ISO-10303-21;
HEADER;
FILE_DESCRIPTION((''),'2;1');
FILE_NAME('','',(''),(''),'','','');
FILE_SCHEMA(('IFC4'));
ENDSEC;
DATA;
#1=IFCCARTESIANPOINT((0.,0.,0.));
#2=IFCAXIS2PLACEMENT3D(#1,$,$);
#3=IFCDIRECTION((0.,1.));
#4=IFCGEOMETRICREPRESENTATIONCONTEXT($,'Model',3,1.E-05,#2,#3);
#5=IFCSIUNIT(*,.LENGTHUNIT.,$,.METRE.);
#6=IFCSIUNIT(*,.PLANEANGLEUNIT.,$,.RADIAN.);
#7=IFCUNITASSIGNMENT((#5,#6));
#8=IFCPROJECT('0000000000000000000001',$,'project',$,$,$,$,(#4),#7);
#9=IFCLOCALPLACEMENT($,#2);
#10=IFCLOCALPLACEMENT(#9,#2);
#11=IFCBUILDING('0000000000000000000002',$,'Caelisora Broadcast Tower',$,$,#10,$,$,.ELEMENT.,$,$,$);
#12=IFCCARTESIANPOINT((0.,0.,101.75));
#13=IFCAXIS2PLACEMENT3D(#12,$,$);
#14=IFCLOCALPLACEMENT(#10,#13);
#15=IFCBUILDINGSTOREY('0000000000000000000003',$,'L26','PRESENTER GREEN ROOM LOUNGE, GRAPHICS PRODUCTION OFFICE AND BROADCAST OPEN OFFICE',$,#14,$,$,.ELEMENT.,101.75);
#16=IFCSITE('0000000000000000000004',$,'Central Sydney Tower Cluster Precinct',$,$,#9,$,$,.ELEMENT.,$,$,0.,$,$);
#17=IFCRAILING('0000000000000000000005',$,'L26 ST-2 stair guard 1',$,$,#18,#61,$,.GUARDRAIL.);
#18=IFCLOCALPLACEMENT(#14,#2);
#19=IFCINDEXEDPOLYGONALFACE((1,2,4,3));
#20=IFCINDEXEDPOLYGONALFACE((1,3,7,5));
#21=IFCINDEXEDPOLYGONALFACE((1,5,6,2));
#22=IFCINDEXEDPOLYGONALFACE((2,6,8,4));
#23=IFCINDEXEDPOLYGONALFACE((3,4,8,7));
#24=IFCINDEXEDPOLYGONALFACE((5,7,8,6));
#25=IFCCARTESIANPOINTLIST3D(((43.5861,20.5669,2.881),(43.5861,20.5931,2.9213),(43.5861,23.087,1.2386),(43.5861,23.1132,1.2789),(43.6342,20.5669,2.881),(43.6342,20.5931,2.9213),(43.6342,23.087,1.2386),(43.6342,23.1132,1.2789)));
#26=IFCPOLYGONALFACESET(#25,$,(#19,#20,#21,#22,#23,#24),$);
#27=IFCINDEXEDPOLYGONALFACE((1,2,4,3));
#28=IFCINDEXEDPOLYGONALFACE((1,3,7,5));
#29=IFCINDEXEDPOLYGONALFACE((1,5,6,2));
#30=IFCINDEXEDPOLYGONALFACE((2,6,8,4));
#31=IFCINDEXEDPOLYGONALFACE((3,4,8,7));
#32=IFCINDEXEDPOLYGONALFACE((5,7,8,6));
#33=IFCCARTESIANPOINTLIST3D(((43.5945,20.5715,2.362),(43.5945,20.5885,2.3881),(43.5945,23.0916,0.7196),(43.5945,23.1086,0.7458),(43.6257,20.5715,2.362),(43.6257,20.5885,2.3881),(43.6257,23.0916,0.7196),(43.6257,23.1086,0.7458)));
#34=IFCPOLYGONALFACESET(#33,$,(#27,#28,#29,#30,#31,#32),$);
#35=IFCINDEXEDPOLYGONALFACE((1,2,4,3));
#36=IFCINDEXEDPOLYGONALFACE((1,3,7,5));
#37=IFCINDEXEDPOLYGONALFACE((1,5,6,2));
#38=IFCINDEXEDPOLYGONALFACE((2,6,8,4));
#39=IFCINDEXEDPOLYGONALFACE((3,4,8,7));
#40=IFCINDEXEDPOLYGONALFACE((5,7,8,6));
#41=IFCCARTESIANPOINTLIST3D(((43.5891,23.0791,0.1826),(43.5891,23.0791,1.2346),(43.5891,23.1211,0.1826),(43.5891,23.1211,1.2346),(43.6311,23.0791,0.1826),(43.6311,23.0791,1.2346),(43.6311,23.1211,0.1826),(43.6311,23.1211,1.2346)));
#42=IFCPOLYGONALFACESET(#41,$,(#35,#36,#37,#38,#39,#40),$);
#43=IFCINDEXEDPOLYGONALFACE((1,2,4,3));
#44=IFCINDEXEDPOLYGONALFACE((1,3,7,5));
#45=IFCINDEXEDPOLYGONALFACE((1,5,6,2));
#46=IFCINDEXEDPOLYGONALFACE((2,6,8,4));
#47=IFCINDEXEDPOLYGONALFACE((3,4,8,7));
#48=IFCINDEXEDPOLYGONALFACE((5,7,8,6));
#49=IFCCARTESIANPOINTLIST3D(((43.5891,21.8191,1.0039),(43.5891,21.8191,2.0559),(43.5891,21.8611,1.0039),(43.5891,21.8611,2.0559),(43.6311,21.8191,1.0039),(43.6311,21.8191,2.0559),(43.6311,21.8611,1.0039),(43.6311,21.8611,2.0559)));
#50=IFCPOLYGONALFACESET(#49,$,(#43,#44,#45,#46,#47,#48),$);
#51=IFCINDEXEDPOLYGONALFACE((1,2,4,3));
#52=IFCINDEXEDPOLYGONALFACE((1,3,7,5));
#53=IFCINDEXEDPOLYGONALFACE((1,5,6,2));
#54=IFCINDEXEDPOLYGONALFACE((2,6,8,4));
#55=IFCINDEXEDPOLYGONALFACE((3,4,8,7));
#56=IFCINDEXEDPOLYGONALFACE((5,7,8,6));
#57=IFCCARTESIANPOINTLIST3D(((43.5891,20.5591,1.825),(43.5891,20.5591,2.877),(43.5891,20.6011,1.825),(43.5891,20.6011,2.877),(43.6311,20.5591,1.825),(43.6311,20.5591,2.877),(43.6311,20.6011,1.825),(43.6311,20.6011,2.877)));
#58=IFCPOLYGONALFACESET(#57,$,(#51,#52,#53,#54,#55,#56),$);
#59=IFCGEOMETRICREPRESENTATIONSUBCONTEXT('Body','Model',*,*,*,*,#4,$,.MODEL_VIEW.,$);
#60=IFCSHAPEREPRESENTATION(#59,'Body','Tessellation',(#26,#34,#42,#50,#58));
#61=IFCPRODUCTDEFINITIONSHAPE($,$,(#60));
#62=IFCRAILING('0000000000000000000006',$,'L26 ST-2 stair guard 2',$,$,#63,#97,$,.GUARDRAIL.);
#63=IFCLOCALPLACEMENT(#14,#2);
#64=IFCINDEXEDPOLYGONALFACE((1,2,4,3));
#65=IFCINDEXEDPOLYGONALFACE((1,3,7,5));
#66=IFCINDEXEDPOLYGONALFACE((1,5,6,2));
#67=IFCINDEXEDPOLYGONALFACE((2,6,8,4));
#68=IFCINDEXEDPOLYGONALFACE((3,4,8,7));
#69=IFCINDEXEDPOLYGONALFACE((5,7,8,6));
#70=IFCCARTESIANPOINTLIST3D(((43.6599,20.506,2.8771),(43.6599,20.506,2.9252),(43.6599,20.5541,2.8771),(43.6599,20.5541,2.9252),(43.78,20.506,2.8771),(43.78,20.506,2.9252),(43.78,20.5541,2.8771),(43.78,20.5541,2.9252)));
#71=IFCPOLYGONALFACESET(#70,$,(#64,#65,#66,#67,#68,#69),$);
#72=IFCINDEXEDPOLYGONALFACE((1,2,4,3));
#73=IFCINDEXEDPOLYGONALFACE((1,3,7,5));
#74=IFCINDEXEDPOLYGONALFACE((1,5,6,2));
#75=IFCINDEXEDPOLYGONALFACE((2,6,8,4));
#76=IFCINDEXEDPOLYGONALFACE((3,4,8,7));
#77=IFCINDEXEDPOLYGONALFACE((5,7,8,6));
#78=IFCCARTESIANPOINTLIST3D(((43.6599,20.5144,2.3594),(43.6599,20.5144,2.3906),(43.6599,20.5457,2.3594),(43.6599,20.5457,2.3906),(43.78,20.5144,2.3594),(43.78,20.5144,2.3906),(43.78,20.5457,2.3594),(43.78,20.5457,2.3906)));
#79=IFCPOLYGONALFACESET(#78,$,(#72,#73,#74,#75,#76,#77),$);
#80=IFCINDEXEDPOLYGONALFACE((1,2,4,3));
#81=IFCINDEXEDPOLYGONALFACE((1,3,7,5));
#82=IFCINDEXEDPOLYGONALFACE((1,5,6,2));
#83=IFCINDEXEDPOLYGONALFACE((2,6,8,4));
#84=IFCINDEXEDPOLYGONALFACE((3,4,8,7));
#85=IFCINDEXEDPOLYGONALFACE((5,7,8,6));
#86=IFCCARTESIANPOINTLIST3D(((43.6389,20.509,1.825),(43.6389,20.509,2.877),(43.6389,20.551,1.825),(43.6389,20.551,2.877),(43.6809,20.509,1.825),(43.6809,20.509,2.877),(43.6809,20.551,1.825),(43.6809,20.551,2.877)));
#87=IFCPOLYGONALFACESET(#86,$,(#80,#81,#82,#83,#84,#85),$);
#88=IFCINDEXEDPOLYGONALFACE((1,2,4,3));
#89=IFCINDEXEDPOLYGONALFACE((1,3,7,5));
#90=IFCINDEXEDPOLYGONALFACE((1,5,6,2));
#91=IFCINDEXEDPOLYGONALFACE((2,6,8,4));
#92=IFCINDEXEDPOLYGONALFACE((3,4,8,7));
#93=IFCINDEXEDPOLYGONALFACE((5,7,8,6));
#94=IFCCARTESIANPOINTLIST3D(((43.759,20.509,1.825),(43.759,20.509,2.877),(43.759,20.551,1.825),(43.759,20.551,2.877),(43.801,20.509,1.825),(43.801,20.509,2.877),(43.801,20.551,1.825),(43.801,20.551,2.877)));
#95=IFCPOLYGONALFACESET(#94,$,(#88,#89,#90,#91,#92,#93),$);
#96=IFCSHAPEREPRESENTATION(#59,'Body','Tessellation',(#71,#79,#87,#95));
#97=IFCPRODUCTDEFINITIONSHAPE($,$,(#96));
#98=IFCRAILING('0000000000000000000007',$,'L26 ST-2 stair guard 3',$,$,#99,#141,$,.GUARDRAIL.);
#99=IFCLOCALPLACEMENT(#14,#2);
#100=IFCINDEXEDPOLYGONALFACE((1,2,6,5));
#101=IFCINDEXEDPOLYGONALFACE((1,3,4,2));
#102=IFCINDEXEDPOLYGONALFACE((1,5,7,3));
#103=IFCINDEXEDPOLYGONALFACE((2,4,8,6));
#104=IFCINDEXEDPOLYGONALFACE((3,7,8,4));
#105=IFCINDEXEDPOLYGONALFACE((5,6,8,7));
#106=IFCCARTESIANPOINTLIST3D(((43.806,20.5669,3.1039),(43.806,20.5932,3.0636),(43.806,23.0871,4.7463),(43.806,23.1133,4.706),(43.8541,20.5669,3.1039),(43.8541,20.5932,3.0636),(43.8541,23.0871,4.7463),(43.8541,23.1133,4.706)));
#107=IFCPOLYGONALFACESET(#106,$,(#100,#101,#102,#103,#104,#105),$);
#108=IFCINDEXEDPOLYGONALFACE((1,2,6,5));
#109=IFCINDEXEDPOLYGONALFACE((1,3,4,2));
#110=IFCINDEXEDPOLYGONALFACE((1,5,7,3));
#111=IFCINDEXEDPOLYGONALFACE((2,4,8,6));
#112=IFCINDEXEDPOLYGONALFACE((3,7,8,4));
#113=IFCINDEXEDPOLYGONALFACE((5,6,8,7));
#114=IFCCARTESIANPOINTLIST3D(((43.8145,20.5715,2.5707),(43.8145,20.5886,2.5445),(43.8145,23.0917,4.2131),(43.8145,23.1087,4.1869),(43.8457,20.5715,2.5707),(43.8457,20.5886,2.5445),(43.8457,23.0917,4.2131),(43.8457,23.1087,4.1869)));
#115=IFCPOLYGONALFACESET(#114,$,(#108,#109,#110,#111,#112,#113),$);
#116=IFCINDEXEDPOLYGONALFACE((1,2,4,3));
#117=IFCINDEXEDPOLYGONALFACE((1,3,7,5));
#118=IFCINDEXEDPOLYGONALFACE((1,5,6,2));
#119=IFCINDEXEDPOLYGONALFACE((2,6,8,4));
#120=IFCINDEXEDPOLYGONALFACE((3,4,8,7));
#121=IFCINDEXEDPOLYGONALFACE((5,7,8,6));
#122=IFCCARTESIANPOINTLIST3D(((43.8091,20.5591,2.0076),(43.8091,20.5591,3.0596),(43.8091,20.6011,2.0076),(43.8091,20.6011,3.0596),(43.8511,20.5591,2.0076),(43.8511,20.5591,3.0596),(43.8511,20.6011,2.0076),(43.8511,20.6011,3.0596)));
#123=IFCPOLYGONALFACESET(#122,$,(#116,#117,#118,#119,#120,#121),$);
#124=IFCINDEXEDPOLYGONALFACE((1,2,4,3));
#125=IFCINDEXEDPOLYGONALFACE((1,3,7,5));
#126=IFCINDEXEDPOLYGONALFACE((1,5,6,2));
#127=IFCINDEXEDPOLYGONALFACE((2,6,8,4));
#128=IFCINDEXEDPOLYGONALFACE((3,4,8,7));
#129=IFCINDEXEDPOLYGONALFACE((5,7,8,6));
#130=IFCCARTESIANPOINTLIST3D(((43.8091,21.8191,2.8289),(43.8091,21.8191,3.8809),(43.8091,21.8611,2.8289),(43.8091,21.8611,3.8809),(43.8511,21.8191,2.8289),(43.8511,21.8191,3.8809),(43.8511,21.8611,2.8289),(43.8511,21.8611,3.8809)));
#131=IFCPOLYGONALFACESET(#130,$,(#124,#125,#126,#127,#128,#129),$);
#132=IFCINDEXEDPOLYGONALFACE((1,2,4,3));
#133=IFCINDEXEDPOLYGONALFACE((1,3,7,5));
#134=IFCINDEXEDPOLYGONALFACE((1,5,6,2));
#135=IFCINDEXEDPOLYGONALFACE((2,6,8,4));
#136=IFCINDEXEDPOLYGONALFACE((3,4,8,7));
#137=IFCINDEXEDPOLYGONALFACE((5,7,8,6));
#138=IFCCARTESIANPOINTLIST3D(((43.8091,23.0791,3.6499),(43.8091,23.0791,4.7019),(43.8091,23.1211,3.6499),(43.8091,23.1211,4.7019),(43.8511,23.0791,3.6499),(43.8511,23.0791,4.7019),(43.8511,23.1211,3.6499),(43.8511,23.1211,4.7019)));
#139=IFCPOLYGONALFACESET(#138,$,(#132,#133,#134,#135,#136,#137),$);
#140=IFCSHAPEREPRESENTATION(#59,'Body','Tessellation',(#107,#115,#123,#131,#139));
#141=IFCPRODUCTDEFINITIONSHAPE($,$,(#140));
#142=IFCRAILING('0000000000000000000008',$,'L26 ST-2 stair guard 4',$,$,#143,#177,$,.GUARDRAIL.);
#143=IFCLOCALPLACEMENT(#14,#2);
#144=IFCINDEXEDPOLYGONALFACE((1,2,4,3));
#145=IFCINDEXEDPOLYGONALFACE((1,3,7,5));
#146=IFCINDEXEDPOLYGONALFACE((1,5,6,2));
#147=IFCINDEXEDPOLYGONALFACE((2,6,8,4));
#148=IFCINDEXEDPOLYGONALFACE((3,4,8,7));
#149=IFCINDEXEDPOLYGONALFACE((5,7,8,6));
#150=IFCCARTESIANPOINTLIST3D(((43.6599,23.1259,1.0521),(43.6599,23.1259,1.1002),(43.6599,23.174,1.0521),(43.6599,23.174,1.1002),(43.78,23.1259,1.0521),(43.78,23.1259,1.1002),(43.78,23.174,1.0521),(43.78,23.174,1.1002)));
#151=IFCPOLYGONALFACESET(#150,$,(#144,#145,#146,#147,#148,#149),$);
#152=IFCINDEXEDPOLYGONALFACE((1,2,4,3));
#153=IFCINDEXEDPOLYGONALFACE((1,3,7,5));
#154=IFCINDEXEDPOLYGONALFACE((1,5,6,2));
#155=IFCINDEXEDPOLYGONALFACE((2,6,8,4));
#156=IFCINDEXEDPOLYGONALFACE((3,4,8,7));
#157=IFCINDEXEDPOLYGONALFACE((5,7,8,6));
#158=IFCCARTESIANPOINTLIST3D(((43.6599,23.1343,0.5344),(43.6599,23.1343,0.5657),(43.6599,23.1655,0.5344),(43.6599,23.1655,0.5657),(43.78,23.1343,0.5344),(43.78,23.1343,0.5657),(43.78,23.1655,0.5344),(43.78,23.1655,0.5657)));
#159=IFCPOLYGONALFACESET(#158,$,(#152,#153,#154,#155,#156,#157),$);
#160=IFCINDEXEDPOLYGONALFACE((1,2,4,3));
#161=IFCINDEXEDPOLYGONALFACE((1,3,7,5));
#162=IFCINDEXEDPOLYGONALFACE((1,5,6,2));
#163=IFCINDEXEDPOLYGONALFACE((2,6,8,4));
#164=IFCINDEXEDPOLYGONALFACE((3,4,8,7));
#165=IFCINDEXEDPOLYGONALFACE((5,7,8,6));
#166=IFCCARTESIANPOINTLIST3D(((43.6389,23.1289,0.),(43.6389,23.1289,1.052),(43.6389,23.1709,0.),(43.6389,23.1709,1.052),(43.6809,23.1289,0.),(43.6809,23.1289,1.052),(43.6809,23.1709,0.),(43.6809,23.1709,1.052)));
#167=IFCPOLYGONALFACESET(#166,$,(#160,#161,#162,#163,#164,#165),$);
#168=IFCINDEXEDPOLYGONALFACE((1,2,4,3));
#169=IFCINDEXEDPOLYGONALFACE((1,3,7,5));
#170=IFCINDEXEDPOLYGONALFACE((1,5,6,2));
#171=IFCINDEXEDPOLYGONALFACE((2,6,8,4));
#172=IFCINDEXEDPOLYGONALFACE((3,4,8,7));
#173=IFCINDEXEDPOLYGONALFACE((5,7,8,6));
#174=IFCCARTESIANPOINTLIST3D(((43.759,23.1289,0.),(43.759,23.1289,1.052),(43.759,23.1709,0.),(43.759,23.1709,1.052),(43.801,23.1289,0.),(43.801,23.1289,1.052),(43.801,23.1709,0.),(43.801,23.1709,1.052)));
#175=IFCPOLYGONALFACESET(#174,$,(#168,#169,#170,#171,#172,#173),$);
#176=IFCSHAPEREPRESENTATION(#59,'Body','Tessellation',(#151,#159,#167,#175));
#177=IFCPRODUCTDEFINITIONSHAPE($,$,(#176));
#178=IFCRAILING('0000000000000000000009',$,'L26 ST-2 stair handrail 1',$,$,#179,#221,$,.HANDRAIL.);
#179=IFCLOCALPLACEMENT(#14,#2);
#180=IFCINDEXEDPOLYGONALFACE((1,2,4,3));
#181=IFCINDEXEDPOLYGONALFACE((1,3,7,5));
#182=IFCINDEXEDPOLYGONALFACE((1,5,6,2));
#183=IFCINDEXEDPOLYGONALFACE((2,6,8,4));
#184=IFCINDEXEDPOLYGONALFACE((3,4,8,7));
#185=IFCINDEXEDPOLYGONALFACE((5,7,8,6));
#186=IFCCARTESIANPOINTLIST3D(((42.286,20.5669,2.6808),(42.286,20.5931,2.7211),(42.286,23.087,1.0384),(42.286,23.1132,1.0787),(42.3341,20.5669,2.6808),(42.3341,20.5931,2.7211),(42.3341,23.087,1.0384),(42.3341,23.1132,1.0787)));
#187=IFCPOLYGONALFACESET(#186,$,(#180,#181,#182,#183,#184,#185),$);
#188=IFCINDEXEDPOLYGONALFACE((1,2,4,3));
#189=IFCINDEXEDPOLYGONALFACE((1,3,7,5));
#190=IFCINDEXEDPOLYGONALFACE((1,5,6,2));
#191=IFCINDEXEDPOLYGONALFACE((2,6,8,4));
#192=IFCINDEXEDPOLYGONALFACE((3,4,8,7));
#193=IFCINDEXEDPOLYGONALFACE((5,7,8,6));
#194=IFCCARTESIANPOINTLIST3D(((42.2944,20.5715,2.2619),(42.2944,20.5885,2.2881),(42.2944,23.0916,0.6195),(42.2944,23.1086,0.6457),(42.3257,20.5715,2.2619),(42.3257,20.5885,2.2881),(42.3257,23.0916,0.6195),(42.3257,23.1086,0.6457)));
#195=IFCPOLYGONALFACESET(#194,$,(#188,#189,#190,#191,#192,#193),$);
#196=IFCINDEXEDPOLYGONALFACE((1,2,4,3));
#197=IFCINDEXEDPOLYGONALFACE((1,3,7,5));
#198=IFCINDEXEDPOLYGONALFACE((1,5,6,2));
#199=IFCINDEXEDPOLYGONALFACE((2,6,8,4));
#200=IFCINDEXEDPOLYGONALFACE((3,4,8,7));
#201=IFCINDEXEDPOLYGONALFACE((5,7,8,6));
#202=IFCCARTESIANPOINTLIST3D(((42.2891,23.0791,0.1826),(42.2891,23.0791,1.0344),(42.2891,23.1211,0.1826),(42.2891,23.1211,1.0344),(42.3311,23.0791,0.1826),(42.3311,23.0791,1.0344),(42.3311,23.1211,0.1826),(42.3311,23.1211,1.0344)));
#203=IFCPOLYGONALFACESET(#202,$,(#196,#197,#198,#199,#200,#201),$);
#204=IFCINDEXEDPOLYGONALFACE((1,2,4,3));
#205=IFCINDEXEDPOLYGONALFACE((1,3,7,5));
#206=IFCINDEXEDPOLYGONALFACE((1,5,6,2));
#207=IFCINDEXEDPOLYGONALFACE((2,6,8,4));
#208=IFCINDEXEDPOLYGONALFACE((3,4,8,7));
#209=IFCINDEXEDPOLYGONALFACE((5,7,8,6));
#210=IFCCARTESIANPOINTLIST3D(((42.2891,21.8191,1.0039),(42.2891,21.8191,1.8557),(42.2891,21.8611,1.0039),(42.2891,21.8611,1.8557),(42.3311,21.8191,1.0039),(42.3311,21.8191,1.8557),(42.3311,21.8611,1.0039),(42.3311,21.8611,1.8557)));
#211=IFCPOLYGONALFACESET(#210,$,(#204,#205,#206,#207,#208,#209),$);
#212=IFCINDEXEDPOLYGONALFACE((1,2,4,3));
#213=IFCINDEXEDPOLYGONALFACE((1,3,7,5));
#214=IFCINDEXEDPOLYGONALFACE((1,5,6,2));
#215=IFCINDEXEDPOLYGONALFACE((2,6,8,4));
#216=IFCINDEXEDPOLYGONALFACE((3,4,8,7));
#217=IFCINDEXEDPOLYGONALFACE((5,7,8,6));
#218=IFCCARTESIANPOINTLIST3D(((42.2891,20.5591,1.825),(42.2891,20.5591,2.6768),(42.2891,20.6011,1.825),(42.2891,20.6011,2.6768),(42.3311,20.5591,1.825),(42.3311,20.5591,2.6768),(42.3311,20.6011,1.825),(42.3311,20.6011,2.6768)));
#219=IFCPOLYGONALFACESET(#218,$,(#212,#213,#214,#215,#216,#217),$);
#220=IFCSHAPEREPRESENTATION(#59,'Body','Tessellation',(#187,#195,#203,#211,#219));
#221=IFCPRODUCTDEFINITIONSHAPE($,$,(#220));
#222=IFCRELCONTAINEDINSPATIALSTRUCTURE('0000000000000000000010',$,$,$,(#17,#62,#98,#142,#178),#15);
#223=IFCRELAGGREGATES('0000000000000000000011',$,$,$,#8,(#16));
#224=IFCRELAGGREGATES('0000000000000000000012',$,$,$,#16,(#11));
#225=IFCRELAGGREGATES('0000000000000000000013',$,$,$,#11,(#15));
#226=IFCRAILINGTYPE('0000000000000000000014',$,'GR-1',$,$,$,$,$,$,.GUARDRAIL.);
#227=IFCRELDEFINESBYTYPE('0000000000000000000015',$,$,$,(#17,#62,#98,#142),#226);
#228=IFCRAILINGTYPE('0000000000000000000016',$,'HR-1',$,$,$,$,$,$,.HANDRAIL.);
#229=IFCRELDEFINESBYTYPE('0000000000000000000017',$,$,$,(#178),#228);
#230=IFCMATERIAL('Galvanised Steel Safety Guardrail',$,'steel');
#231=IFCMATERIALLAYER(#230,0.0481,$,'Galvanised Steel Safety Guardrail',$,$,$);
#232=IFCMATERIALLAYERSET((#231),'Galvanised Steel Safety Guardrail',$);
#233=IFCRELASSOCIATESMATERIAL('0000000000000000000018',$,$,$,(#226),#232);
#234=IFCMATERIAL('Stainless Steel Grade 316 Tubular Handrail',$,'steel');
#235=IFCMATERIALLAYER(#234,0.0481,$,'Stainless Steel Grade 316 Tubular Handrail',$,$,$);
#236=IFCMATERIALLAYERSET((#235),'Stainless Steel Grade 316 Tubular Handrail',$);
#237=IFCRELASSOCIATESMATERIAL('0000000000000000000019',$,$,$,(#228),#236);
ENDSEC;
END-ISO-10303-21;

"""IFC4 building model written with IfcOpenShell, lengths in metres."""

from ifc_helpers import new_model, si_unit, direction, frame, origin, origin_2d, place, context, subcontext, project, spatial, rectangle, extrude, material, layer, layer_set, type_object, element, save


model = new_model("IFC4")

# Units and contexts
model_context = context("Model", 3, precision=1e-05, world=origin(), true_north=direction((0.0, 1.0)))
body_context = subcontext(model_context, "Body", "Model", "MODEL_VIEW")
ifc_project = project(units=[si_unit("LENGTHUNIT", "METRE"), si_unit("PLANEANGLEUNIT", "RADIAN")], contexts=[model_context])

# Site, building, storey
site_placement = place(None, origin())
site = spatial("IfcSite", under=ifc_project, at=site_placement, Name="Central Sydney Tower Cluster Precinct", CompositionType="ELEMENT", RefElevation=0.0)
building_placement = place(site_placement, origin())
building = spatial("IfcBuilding", under=site, at=building_placement, Name="Caelisora Broadcast Tower", CompositionType="ELEMENT")
storey_placement = place(building_placement, frame((0.0, 0.0, 101.75)))
storey = spatial("IfcBuildingStorey", under=building, at=storey_placement, Name="L26", Description="PRESENTER GREEN ROOM LOUNGE, GRAPHICS PRODUCTION OFFICE AND BROADCAST OPEN OFFICE", CompositionType="ELEMENT", Elevation=101.75)

# Railings
ifc_material_1 = material(Name="Galvanised Steel Safety Guardrail", Category="steel")
ifc_layer_1 = layer(ifc_material_1, 0.0481, Name="Galvanised Steel Safety Guardrail")
ifc_layer_set_1 = layer_set([ifc_layer_1], Name="Galvanised Steel Safety Guardrail")
railing_type_1 = type_object("IfcRailingType", Name="GR-1", PredefinedType="GUARDRAIL", material=ifc_layer_set_1)
railing_1_placement = place(storey_placement, frame((43.6101, 23.1001, 0.1826)))
element("IfcRailing", 1, at=railing_1_placement, inside=storey, type_object=railing_type_1, Name="L26 ST-2 stair guard 1", PredefinedType="GUARDRAIL", context=body_context, shape_type="SweptSolid", body=[
    extrude(rectangle(XDim=0.0481, YDim=0.0481, at=origin_2d()), frame((0.0, 0.0, 1.0762), z_axis=(0.0, -0.837787, 0.545998), x_axis=(1.0, 0.0, 0.0)), (0.0, 0.0, 1.0), 3.0081),
    extrude(rectangle(XDim=0.0312, YDim=0.0312, at=origin_2d()), frame((0.0, 0.0, 0.55), z_axis=(0.0, -0.837787, 0.545998), x_axis=(1.0, 0.0, 0.0)), (0.0, 0.0, 1.0), 3.0081),
    extrude(rectangle(XDim=0.042, YDim=0.042, at=origin_2d()), origin(), (0.0, 0.0, 1.0), 1.052),
    extrude(rectangle(XDim=0.042, YDim=0.042, at=origin_2d()), frame((0.0, -1.26, 0.8213)), (0.0, 0.0, 1.0), 1.052),
    extrude(rectangle(XDim=0.042, YDim=0.042, at=origin_2d()), frame((0.0, -2.52, 1.6423)), (0.0, 0.0, 1.0), 1.052),
])
railing_2_placement = place(storey_placement, frame((43.6599, 20.53, 1.825)))
element("IfcRailing", 2, at=railing_2_placement, inside=storey, type_object=railing_type_1, Name="L26 ST-2 stair guard 2", PredefinedType="GUARDRAIL", context=body_context, shape_type="SweptSolid", body=[
    extrude(rectangle(XDim=0.0481, YDim=0.0481, at=origin_2d()), frame((0.0, 0.0, 1.0762), z_axis=(1.0, 0.0, 0.0), x_axis=(0.0, 1.0, 0.0)), (0.0, 0.0, 1.0), 0.1201),
    extrude(rectangle(XDim=0.0312, YDim=0.0312, at=origin_2d()), frame((0.0, 0.0, 0.55), z_axis=(1.0, 0.0, 0.0), x_axis=(0.0, 1.0, 0.0)), (0.0, 0.0, 1.0), 0.1201),
    extrude(rectangle(XDim=0.042, YDim=0.042, at=origin_2d()), origin(), (0.0, 0.0, 1.0), 1.052),
    extrude(rectangle(XDim=0.042, YDim=0.042, at=origin_2d()), frame((0.1201, 0.0, 0.0)), (0.0, 0.0, 1.0), 1.052),
])
railing_3_placement = place(storey_placement, frame((43.8301, 20.5801, 2.0076)))
element("IfcRailing", 3, at=railing_3_placement, inside=storey, type_object=railing_type_1, Name="L26 ST-2 stair guard 3", PredefinedType="GUARDRAIL", context=body_context, shape_type="SweptSolid", body=[
    extrude(rectangle(XDim=0.0481, YDim=0.0481, at=origin_2d()), frame((0.0, 0.0, 1.0762), z_axis=(0.0, 0.837787, 0.545998), x_axis=(-1.0, 0.0, 0.0)), (0.0, 0.0, 1.0), 3.0081),
    extrude(rectangle(XDim=0.0312, YDim=0.0312, at=origin_2d()), frame((0.0, 0.0, 0.55), z_axis=(0.0, 0.837787, 0.545998), x_axis=(-1.0, 0.0, 0.0)), (0.0, 0.0, 1.0), 3.0081),
    extrude(rectangle(XDim=0.042, YDim=0.042, at=origin_2d()), origin(), (0.0, 0.0, 1.0), 1.052),
    extrude(rectangle(XDim=0.042, YDim=0.042, at=origin_2d()), frame((0.0, 1.26, 0.8213)), (0.0, 0.0, 1.0), 1.052),
    extrude(rectangle(XDim=0.042, YDim=0.042, at=origin_2d()), frame((0.0, 2.52, 1.6423)), (0.0, 0.0, 1.0), 1.052),
])
railing_4_placement = place(storey_placement, frame((43.6599, 23.1499, 0.0)))
element("IfcRailing", 4, at=railing_4_placement, inside=storey, type_object=railing_type_1, Name="L26 ST-2 stair guard 4", PredefinedType="GUARDRAIL", context=body_context, shape_type="SweptSolid", body=[
    extrude(rectangle(XDim=0.0481, YDim=0.0481, at=origin_2d()), frame((0.0, 0.0, 1.0762), z_axis=(1.0, 0.0, 0.0), x_axis=(0.0, 1.0, 0.0)), (0.0, 0.0, 1.0), 0.1201),
    extrude(rectangle(XDim=0.0312, YDim=0.0312, at=origin_2d()), frame((0.0, 0.0, 0.55), z_axis=(1.0, 0.0, 0.0), x_axis=(0.0, 1.0, 0.0)), (0.0, 0.0, 1.0), 0.1201),
    extrude(rectangle(XDim=0.042, YDim=0.042, at=origin_2d()), origin(), (0.0, 0.0, 1.0), 1.052),
    extrude(rectangle(XDim=0.042, YDim=0.042, at=origin_2d()), frame((0.1201, 0.0, 0.0)), (0.0, 0.0, 1.0), 1.052),
])
ifc_material_2 = material(Name="Stainless Steel Grade 316 Tubular Handrail", Category="steel")
ifc_layer_2 = layer(ifc_material_2, 0.0481, Name="Stainless Steel Grade 316 Tubular Handrail")
ifc_layer_set_2 = layer_set([ifc_layer_2], Name="Stainless Steel Grade 316 Tubular Handrail")
railing_type_2 = type_object("IfcRailingType", Name="HR-1", PredefinedType="HANDRAIL", material=ifc_layer_set_2)
railing_5_placement = place(storey_placement, frame((42.3101, 23.1001, 0.1826)))
element("IfcRailing", 5, at=railing_5_placement, inside=storey, type_object=railing_type_2, Name="L26 ST-2 stair handrail 1", PredefinedType="HANDRAIL", context=body_context, shape_type="SweptSolid", body=[
    extrude(rectangle(XDim=0.0481, YDim=0.0481, at=origin_2d()), frame((0.0, 0.0, 0.876), z_axis=(0.0, -0.837787, 0.545998), x_axis=(1.0, 0.0, 0.0)), (0.0, 0.0, 1.0), 3.0081),
    extrude(rectangle(XDim=0.0312, YDim=0.0312, at=origin_2d()), frame((0.0, 0.0, 0.45), z_axis=(0.0, -0.837787, 0.545998), x_axis=(1.0, 0.0, 0.0)), (0.0, 0.0, 1.0), 3.0081),
    extrude(rectangle(XDim=0.042, YDim=0.042, at=origin_2d()), origin(), (0.0, 0.0, 1.0), 0.8518),
    extrude(rectangle(XDim=0.042, YDim=0.042, at=origin_2d()), frame((0.0, -1.26, 0.8213)), (0.0, 0.0, 1.0), 0.8518),
    extrude(rectangle(XDim=0.042, YDim=0.042, at=origin_2d()), frame((0.0, -2.52, 1.6423)), (0.0, 0.0, 1.0), 0.8518),
])

save(model, "model.ifc")
